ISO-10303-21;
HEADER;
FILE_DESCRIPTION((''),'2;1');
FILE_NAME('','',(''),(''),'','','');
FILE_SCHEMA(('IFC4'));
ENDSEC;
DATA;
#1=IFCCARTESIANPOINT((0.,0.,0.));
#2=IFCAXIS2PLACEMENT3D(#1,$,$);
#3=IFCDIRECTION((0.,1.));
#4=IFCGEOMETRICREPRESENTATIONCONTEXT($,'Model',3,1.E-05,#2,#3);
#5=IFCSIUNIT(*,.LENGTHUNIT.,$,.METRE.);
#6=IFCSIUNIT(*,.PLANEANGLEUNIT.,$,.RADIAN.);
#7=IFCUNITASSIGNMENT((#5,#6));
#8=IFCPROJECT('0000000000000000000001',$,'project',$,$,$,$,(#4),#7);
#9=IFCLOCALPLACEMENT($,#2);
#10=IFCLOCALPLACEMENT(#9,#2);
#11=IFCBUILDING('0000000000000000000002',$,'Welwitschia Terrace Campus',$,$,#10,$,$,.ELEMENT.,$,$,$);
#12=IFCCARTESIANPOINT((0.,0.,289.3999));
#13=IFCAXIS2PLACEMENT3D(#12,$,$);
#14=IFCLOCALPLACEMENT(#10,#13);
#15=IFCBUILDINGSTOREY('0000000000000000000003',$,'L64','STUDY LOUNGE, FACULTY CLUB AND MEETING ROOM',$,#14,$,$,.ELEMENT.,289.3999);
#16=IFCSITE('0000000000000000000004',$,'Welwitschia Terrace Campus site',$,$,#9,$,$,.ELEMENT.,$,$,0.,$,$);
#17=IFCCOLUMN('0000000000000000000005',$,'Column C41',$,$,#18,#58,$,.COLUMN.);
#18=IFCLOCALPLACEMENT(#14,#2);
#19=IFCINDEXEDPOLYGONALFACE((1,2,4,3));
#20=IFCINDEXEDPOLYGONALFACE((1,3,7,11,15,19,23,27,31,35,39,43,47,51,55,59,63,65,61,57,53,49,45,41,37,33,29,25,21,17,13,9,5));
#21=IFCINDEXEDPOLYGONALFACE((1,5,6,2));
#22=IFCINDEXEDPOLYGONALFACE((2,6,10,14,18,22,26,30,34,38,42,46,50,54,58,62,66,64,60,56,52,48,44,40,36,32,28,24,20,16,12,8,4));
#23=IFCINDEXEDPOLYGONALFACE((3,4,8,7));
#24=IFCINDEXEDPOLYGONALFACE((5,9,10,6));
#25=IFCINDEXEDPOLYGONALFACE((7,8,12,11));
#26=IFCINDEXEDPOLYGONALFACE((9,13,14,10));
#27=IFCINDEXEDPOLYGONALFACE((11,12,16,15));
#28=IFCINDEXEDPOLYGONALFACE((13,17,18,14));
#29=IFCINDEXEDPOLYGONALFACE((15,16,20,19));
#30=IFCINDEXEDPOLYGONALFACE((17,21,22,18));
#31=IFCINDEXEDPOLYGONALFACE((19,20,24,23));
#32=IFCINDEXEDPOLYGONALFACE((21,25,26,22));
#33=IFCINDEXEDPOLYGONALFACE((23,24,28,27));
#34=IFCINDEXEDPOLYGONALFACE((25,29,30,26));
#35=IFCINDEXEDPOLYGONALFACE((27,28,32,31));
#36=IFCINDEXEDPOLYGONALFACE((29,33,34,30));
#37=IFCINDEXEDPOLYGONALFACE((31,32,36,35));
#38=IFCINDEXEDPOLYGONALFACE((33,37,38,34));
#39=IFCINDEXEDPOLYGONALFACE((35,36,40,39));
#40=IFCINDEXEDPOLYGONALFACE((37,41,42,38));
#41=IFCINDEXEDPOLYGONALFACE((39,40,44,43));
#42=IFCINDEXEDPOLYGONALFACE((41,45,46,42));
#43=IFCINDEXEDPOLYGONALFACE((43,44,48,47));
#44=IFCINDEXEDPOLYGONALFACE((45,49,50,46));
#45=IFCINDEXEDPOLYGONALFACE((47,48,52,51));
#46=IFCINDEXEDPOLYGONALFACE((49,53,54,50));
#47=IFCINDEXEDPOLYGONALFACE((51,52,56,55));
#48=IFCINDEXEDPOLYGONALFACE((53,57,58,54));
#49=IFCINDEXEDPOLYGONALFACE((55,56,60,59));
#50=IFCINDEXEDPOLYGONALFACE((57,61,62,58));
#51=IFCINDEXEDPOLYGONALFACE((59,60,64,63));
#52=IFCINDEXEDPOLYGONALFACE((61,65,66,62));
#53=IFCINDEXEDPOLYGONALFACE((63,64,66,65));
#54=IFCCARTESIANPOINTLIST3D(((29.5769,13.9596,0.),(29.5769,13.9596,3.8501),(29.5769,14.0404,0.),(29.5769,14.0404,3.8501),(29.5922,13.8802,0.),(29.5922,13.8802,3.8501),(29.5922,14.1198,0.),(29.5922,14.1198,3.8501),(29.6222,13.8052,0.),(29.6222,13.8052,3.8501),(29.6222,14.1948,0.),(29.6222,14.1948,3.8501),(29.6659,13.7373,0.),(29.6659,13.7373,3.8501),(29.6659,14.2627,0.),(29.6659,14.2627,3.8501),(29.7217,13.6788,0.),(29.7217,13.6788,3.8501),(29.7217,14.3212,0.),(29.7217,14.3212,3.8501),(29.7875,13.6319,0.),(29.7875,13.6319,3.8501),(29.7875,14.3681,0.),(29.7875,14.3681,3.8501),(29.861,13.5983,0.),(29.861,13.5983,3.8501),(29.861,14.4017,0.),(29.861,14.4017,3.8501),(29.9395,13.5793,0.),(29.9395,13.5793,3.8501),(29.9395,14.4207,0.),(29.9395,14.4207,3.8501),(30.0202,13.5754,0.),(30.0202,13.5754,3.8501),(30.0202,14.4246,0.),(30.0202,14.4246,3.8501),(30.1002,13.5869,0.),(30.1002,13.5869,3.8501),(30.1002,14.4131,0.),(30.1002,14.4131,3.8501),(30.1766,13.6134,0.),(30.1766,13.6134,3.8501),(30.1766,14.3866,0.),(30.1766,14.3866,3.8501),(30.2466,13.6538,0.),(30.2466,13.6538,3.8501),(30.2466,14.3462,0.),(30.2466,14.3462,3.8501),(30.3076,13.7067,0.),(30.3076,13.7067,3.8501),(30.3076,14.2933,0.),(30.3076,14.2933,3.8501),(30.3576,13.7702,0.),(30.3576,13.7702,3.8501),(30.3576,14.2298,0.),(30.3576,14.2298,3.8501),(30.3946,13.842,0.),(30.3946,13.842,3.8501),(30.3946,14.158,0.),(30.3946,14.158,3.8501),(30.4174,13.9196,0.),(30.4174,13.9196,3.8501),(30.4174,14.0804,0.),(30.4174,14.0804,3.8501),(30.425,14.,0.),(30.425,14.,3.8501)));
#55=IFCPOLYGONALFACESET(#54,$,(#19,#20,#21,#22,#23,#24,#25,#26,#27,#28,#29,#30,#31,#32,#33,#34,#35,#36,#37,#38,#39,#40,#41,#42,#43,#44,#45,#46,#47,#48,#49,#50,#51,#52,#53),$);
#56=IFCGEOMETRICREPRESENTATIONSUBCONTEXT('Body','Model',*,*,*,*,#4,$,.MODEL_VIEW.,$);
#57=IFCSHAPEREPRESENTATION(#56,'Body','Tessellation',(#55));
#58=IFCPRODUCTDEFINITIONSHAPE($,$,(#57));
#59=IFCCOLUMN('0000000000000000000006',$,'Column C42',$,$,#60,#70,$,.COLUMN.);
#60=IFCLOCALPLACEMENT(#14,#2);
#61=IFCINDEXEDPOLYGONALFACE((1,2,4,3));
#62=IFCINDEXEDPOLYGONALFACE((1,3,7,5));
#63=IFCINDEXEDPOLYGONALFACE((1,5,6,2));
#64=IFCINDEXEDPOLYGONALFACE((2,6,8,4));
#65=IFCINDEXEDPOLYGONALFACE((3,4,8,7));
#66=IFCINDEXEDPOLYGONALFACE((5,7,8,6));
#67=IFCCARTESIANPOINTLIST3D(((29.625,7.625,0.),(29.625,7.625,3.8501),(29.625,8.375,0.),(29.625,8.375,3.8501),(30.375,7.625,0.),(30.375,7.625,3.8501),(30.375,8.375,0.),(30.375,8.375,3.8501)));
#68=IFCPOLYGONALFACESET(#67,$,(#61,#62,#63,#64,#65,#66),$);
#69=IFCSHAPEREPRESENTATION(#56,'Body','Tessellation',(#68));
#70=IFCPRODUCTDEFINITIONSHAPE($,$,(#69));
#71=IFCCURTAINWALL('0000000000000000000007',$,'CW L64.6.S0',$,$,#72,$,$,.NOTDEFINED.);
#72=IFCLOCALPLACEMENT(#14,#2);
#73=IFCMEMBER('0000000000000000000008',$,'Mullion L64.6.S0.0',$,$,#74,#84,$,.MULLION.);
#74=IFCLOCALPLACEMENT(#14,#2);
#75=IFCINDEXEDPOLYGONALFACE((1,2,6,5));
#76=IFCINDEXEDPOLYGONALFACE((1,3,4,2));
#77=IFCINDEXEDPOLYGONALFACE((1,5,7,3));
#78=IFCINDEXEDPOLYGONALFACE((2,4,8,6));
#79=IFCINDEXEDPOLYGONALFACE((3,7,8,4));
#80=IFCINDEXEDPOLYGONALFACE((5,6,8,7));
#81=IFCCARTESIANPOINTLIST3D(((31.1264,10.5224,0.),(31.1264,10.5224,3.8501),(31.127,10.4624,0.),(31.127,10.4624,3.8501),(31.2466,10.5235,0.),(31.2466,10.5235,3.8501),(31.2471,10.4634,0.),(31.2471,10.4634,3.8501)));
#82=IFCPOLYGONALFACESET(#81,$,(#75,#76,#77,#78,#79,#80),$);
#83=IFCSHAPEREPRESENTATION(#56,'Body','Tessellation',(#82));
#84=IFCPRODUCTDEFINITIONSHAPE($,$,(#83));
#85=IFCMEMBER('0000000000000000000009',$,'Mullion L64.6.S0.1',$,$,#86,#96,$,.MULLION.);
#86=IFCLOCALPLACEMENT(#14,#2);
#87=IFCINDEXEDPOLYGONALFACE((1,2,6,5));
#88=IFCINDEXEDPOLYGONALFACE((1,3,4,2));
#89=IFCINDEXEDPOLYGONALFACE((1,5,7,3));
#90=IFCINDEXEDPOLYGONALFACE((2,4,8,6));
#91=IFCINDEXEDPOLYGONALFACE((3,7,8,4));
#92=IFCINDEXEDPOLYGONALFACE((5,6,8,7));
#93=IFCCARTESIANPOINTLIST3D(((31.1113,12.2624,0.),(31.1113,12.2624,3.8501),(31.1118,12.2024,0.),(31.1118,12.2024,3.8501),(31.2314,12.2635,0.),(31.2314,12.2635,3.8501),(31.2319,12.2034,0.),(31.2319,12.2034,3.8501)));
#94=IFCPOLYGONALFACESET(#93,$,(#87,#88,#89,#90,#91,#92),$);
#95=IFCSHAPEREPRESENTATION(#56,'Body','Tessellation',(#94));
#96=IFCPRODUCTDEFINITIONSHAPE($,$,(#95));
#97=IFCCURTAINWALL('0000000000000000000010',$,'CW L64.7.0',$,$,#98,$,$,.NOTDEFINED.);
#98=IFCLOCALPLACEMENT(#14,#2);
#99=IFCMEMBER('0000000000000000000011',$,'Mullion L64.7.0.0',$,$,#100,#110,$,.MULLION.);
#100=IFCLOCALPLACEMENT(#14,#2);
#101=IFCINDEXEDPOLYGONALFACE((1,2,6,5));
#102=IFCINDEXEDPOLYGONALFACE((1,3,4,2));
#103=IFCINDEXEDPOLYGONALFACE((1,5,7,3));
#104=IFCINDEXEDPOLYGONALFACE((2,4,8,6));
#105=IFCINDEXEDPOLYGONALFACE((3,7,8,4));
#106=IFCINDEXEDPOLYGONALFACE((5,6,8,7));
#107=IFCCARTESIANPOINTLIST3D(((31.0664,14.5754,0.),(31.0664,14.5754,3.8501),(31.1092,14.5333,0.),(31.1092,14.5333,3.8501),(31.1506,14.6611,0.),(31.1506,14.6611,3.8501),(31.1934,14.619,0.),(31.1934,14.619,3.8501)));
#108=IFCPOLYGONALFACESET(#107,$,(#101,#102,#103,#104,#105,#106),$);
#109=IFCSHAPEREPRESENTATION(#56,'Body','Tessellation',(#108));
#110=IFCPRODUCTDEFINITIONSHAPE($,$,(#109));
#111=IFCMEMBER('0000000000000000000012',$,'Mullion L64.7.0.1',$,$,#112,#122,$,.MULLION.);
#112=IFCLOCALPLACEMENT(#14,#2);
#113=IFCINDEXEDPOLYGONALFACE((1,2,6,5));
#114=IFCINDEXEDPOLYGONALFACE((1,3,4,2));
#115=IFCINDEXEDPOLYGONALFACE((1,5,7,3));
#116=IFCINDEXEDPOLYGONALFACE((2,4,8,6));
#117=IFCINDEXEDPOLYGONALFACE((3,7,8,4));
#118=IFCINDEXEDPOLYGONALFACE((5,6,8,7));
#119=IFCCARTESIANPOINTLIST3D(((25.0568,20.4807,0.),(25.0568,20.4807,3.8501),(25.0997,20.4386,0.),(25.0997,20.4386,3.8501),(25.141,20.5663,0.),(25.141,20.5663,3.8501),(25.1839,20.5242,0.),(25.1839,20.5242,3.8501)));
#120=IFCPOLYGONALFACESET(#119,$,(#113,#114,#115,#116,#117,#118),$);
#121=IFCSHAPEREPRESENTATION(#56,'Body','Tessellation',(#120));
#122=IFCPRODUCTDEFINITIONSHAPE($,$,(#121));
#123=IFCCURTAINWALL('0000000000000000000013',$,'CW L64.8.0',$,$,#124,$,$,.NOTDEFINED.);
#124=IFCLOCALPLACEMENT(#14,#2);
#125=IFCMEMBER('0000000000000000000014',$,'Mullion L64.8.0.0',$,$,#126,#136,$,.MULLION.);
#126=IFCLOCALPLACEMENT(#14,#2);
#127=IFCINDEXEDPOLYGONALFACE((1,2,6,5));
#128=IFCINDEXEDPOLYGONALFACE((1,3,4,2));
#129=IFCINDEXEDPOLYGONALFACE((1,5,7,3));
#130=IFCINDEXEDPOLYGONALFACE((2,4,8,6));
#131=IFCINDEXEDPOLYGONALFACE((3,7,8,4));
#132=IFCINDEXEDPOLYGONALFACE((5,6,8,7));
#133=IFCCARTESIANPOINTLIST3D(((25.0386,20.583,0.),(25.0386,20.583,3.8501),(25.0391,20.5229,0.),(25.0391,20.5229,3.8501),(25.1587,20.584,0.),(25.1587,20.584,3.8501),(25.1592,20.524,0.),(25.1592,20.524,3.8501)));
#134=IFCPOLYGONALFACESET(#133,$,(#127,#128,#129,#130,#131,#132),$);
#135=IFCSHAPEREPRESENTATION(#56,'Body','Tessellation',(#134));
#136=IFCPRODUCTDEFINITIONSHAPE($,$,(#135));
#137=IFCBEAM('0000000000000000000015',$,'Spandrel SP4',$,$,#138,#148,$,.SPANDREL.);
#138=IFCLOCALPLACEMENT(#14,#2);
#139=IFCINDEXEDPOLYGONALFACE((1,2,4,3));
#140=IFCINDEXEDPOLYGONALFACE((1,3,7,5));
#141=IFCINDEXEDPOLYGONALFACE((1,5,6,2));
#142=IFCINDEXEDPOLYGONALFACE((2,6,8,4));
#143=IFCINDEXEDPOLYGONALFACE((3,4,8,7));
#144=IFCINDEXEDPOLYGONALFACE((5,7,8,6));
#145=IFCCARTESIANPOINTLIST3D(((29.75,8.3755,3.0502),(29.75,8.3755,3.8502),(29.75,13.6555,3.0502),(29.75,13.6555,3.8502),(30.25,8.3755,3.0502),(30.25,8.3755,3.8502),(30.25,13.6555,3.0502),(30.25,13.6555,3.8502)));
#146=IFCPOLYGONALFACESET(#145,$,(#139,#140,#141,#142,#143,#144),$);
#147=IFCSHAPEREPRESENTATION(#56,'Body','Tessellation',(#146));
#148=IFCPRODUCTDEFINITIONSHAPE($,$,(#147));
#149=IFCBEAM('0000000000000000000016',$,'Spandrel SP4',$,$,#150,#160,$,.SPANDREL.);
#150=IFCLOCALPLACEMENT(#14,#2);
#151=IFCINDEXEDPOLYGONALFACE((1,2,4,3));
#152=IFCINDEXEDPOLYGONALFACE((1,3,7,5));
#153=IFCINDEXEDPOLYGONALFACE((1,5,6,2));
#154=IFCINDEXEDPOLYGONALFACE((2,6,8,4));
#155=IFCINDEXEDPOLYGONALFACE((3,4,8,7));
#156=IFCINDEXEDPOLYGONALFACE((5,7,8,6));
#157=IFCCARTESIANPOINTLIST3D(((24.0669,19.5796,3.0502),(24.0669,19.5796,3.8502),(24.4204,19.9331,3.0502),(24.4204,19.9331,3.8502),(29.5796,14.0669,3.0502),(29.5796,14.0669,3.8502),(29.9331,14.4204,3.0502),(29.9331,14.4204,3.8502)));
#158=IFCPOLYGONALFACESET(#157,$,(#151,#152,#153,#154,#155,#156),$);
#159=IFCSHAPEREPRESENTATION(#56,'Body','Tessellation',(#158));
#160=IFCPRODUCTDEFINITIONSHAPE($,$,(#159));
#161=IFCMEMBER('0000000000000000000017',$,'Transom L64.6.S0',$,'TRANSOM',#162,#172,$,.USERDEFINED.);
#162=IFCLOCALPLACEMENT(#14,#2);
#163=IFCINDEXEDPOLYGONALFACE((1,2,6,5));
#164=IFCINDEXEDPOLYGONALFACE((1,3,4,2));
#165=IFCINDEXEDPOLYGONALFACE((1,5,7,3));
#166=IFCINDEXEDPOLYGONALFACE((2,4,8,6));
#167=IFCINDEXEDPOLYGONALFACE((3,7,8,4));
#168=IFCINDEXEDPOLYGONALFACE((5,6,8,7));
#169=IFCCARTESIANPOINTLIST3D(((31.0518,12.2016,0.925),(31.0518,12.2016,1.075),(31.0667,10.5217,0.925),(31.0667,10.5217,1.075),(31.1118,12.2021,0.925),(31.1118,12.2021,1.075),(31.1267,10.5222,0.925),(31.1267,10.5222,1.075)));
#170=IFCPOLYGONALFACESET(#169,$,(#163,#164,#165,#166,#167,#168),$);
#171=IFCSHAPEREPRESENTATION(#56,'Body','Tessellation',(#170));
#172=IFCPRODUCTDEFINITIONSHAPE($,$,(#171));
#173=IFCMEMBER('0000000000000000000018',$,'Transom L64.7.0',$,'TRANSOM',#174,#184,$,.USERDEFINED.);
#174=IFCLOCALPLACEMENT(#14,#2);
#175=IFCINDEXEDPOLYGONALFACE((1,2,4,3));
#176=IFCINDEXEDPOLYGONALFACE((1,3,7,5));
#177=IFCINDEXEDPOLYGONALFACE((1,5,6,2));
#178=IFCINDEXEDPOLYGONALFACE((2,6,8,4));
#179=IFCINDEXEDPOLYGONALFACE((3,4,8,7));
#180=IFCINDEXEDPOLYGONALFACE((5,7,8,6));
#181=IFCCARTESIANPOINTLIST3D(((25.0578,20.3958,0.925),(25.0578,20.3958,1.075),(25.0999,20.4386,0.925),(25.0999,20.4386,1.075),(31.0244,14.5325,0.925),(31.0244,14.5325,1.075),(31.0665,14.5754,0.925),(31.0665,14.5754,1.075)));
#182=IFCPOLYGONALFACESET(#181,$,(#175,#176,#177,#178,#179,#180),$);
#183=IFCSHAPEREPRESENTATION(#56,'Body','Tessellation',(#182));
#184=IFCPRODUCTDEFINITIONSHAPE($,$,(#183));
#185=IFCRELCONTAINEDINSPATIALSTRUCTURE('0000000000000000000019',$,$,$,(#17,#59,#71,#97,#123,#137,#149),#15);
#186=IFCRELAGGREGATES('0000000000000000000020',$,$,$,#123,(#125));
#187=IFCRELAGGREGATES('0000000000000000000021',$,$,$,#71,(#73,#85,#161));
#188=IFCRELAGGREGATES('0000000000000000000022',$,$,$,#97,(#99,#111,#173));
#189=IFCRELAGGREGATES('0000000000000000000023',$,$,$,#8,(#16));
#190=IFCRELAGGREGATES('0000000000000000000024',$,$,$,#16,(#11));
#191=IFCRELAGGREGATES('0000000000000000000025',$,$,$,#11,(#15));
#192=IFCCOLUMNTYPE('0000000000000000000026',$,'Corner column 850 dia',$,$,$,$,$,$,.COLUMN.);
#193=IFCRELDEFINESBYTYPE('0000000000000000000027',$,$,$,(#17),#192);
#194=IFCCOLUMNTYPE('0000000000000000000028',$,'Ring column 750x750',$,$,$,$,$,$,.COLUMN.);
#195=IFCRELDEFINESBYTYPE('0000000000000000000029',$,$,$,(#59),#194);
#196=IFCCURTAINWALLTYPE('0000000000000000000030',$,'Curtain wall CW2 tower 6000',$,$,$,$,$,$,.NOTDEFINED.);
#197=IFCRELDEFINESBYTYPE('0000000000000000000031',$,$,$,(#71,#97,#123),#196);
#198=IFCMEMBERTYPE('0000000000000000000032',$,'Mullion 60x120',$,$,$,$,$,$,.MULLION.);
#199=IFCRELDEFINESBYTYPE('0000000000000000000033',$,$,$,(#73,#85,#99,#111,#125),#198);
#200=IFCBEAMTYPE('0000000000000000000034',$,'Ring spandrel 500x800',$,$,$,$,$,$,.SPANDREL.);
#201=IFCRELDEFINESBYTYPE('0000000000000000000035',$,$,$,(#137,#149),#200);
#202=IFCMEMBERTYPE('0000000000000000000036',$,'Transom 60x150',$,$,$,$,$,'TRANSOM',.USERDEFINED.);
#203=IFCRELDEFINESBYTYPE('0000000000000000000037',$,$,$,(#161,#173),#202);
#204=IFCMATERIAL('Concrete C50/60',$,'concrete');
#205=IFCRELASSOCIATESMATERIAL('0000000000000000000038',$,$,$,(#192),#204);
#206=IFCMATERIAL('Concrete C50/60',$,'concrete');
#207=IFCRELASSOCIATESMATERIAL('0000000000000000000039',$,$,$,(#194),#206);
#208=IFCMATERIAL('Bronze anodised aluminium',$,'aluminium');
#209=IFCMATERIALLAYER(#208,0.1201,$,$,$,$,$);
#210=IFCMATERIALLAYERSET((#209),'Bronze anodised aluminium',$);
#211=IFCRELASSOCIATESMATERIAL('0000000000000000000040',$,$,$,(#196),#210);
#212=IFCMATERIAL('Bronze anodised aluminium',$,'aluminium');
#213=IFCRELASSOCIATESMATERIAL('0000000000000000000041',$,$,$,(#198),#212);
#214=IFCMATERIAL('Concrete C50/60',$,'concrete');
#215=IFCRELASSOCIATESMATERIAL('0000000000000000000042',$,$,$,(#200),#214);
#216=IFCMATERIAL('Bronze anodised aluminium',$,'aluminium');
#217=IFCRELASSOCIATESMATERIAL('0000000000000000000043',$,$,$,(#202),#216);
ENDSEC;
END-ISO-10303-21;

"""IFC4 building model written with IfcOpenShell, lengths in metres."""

from ifc_helpers import new_model, si_unit, direction, frame, origin, origin_2d, place, context, subcontext, project, spatial, rectangle, circle, extrude, material, layer, layer_set, material_profile, profile_set, type_object, element, aggregate, save


model = new_model("IFC4")

# Units and contexts
model_context = context("Model", 3, precision=1e-05, world=origin(), true_north=direction((0.0, 1.0)))
body_context = subcontext(model_context, "Body", "Model", "MODEL_VIEW")
ifc_project = project(units=[si_unit("LENGTHUNIT", "METRE"), si_unit("PLANEANGLEUNIT", "RADIAN")], contexts=[model_context])

# Site, building, storey
site_placement = place(None, origin())
site = spatial("IfcSite", under=ifc_project, at=site_placement, Name="Welwitschia Terrace Campus site", CompositionType="ELEMENT", RefElevation=0.0)
building_placement = place(site_placement, origin())
building = spatial("IfcBuilding", under=site, at=building_placement, Name="Welwitschia Terrace Campus", CompositionType="ELEMENT")
storey_placement = place(building_placement, frame((0.0, 0.0, 289.3999)))
storey = spatial("IfcBuildingStorey", under=building, at=storey_placement, Name="L64", Description="STUDY LOUNGE, FACULTY CLUB AND MEETING ROOM", CompositionType="ELEMENT", Elevation=289.3999)

# Columns
ifc_material_1 = material(Name="Concrete C50/60", Category="concrete")
ifc_material_profile_1 = material_profile(ifc_material_1, circle(Radius=0.425, at=origin_2d()))
ifc_profile_set_1 = profile_set([ifc_material_profile_1], Name="Concrete C50/60")
column_type_1 = type_object("IfcColumnType", Name="Corner column 850 dia", PredefinedType="COLUMN", material=ifc_profile_set_1)
column_1_placement = place(storey_placement, frame((30.0, 14.0, 0.0), z_axis=(0.0, 0.0, 1.0), x_axis=(1.0, 0.0, 0.0)))
element("IfcColumn", 1, at=column_1_placement, inside=storey, type_object=column_type_1, Name="Column C41", PredefinedType="COLUMN", context=body_context, shape_type="SweptSolid", body=[
    extrude(circle(Radius=0.425, at=origin_2d()), origin(), (0.0, 0.0, 1.0), 3.8501),
])
ifc_material_2 = material(Name="Concrete C50/60", Category="concrete")
ifc_material_profile_2 = material_profile(ifc_material_2, rectangle(XDim=0.75, YDim=0.75, at=origin_2d()))
ifc_profile_set_2 = profile_set([ifc_material_profile_2], Name="Concrete C50/60")
column_type_2 = type_object("IfcColumnType", Name="Ring column 750x750", PredefinedType="COLUMN", material=ifc_profile_set_2)
column_2_placement = place(storey_placement, frame((30.0, 8.0, 0.0), z_axis=(0.0, 0.0, 1.0), x_axis=(1.0, 0.0, 0.0)))
element("IfcColumn", 2, at=column_2_placement, inside=storey, type_object=column_type_2, Name="Column C42", PredefinedType="COLUMN", context=body_context, shape_type="SweptSolid", body=[
    extrude(rectangle(XDim=0.75, YDim=0.75, at=origin_2d()), origin(), (0.0, 0.0, 1.0), 3.8501),
])

# Curtain walls, members
ifc_material_3 = material(Name="Bronze anodised aluminium", Category="aluminium")
ifc_layer_1 = layer(ifc_material_3, 0.1201)
ifc_layer_set_1 = layer_set([ifc_layer_1], Name="Bronze anodised aluminium")
curtain_wall_type = type_object("IfcCurtainWallType", Name="Curtain wall CW2 tower 6000", PredefinedType="NOTDEFINED", material=ifc_layer_set_1)
curtain_wall_1_placement = place(storey_placement, origin())
curtain_wall_1 = element("IfcCurtainWall", 3, at=curtain_wall_1_placement, inside=storey, type_object=curtain_wall_type, Name="CW L64.6.S0", PredefinedType="NOTDEFINED")
ifc_material_4 = material(Name="Bronze anodised aluminium", Category="aluminium")
ifc_material_profile_3 = material_profile(ifc_material_4, rectangle(XDim=0.1201, YDim=0.0601, at=origin_2d()))
ifc_profile_set_3 = profile_set([ifc_material_profile_3], Name="Bronze anodised aluminium")
member_type_1 = type_object("IfcMemberType", Name="Mullion 60x120", PredefinedType="MULLION", material=ifc_profile_set_3)
member_1_placement = place(storey_placement, frame((31.1868, 10.4929, 0.0), z_axis=(0.0, 0.0, 1.0), x_axis=(-0.999962, -0.008727, 0.0)))
member_1 = element("IfcMember", 4, at=member_1_placement, type_object=member_type_1, Name="Mullion L64.6.S0.0", PredefinedType="MULLION", context=body_context, shape_type="SweptSolid", body=[
    extrude(rectangle(XDim=0.1201, YDim=0.0601, at=origin_2d()), origin(), (0.0, 0.0, 1.0), 3.8501),
])
member_2_placement = place(storey_placement, frame((31.1716, 12.2329, 0.0), z_axis=(0.0, 0.0, 1.0), x_axis=(-0.999962, -0.008727, 0.0)))
member_2 = element("IfcMember", 5, at=member_2_placement, type_object=member_type_1, Name="Mullion L64.6.S0.1", PredefinedType="MULLION", context=body_context, shape_type="SweptSolid", body=[
    extrude(rectangle(XDim=0.1201, YDim=0.0601, at=origin_2d()), origin(), (0.0, 0.0, 1.0), 3.8501),
])
curtain_wall_2_placement = place(storey_placement, origin())
curtain_wall_2 = element("IfcCurtainWall", 6, at=curtain_wall_2_placement, inside=storey, type_object=curtain_wall_type, Name="CW L64.7.0", PredefinedType="NOTDEFINED")
member_3_placement = place(storey_placement, frame((31.1299, 14.5972, 0.0), z_axis=(0.0, 0.0, 1.0), x_axis=(-0.700909, -0.71325, 0.0)))
member_3 = element("IfcMember", 7, at=member_3_placement, type_object=member_type_1, Name="Mullion L64.7.0.0", PredefinedType="MULLION", context=body_context, shape_type="SweptSolid", body=[
    extrude(rectangle(XDim=0.1201, YDim=0.0601, at=origin_2d()), origin(), (0.0, 0.0, 1.0), 3.8501),
])
member_4_placement = place(storey_placement, frame((25.1204, 20.5024, 0.0), z_axis=(0.0, 0.0, 1.0), x_axis=(-0.700909, -0.71325, 0.0)))
member_4 = element("IfcMember", 8, at=member_4_placement, type_object=member_type_1, Name="Mullion L64.7.0.1", PredefinedType="MULLION", context=body_context, shape_type="SweptSolid", body=[
    extrude(rectangle(XDim=0.1201, YDim=0.0601, at=origin_2d()), origin(), (0.0, 0.0, 1.0), 3.8501),
])

# Curtain wall, member
curtain_wall_3_placement = place(storey_placement, origin())
curtain_wall_3 = element("IfcCurtainWall", 9, at=curtain_wall_3_placement, inside=storey, type_object=curtain_wall_type, Name="CW L64.8.0", PredefinedType="NOTDEFINED")
member_5_placement = place(storey_placement, frame((25.0989, 20.5535, 0.0), z_axis=(0.0, 0.0, 1.0), x_axis=(-0.999962, -0.008727, 0.0)))
member_5 = element("IfcMember", 10, at=member_5_placement, type_object=member_type_1, Name="Mullion L64.8.0.0", PredefinedType="MULLION", context=body_context, shape_type="SweptSolid", body=[
    extrude(rectangle(XDim=0.1201, YDim=0.0601, at=origin_2d()), origin(), (0.0, 0.0, 1.0), 3.8501),
])
aggregate(curtain_wall_3, [member_5])

# Beams
ifc_material_5 = material(Name="Concrete C50/60", Category="concrete")
ifc_material_profile_4 = material_profile(ifc_material_5, rectangle(XDim=0.5, YDim=0.8, at=origin_2d()))
ifc_profile_set_4 = profile_set([ifc_material_profile_4], Name="Concrete C50/60")
beam_type = type_object("IfcBeamType", Name="Ring spandrel 500x800", PredefinedType="SPANDREL", material=ifc_profile_set_4)
beam_1_placement = place(storey_placement, frame((30.0, 8.3755, 3.4502), z_axis=(0.0, 1.0, 0.0), x_axis=(-1.0, 0.0, 0.0)))
element("IfcBeam", 11, at=beam_1_placement, inside=storey, type_object=beam_type, Name="Spandrel SP4", PredefinedType="SPANDREL", context=body_context, shape_type="SweptSolid", body=[
    extrude(rectangle(XDim=0.5, YDim=0.8, at=origin_2d()), origin(), (0.0, 0.0, 1.0), 5.28),
])
beam_2_placement = place(storey_placement, frame((29.7563, 14.2437, 3.4502), z_axis=(-0.707107, 0.707107, 0.0), x_axis=(-0.707107, -0.707107, 0.0)))
element("IfcBeam", 12, at=beam_2_placement, inside=storey, type_object=beam_type, Name="Spandrel SP4", PredefinedType="SPANDREL", context=body_context, shape_type="SweptSolid", body=[
    extrude(rectangle(XDim=0.5, YDim=0.8, at=origin_2d()), origin(), (0.0, 0.0, 1.0), 7.7961),
])

# Members
ifc_material_6 = material(Name="Bronze anodised aluminium", Category="aluminium")
ifc_material_profile_5 = material_profile(ifc_material_6, rectangle(XDim=0.0601, YDim=0.1499, at=origin_2d()))
ifc_profile_set_5 = profile_set([ifc_material_profile_5], Name="Bronze anodised aluminium")
member_type_2 = type_object("IfcMemberType", Name="Transom 60x150", ElementType="TRANSOM", PredefinedType="USERDEFINED", material=ifc_profile_set_5)
member_6_placement = place(storey_placement, frame((31.0967, 10.522, 1.0), z_axis=(-0.008865, 0.999961, 0.0), x_axis=(-0.999961, -0.008865, 0.0)))
member_6 = element("IfcMember", 13, at=member_6_placement, type_object=member_type_2, Name="Transom L64.6.S0", ObjectType="TRANSOM", PredefinedType="USERDEFINED", context=body_context, shape_type="SweptSolid", body=[
    extrude(rectangle(XDim=0.0601, YDim=0.1499, at=origin_2d()), origin(), (0.0, 0.0, 1.0), 1.6799),
])
member_7_placement = place(storey_placement, frame((31.0454, 14.554, 1.0), z_axis=(-0.713252, 0.700907, 0.0), x_axis=(-0.700907, -0.713252, 0.0)))
member_7 = element("IfcMember", 14, at=member_7_placement, type_object=member_type_2, Name="Transom L64.7.0", ObjectType="TRANSOM", PredefinedType="USERDEFINED", context=body_context, shape_type="SweptSolid", body=[
    extrude(rectangle(XDim=0.0601, YDim=0.1499, at=origin_2d()), origin(), (0.0, 0.0, 1.0), 8.3652),
])

aggregate(curtain_wall_1, [member_1, member_2, member_6])
aggregate(curtain_wall_2, [member_3, member_4, member_7])

save(model, "model.ifc")
